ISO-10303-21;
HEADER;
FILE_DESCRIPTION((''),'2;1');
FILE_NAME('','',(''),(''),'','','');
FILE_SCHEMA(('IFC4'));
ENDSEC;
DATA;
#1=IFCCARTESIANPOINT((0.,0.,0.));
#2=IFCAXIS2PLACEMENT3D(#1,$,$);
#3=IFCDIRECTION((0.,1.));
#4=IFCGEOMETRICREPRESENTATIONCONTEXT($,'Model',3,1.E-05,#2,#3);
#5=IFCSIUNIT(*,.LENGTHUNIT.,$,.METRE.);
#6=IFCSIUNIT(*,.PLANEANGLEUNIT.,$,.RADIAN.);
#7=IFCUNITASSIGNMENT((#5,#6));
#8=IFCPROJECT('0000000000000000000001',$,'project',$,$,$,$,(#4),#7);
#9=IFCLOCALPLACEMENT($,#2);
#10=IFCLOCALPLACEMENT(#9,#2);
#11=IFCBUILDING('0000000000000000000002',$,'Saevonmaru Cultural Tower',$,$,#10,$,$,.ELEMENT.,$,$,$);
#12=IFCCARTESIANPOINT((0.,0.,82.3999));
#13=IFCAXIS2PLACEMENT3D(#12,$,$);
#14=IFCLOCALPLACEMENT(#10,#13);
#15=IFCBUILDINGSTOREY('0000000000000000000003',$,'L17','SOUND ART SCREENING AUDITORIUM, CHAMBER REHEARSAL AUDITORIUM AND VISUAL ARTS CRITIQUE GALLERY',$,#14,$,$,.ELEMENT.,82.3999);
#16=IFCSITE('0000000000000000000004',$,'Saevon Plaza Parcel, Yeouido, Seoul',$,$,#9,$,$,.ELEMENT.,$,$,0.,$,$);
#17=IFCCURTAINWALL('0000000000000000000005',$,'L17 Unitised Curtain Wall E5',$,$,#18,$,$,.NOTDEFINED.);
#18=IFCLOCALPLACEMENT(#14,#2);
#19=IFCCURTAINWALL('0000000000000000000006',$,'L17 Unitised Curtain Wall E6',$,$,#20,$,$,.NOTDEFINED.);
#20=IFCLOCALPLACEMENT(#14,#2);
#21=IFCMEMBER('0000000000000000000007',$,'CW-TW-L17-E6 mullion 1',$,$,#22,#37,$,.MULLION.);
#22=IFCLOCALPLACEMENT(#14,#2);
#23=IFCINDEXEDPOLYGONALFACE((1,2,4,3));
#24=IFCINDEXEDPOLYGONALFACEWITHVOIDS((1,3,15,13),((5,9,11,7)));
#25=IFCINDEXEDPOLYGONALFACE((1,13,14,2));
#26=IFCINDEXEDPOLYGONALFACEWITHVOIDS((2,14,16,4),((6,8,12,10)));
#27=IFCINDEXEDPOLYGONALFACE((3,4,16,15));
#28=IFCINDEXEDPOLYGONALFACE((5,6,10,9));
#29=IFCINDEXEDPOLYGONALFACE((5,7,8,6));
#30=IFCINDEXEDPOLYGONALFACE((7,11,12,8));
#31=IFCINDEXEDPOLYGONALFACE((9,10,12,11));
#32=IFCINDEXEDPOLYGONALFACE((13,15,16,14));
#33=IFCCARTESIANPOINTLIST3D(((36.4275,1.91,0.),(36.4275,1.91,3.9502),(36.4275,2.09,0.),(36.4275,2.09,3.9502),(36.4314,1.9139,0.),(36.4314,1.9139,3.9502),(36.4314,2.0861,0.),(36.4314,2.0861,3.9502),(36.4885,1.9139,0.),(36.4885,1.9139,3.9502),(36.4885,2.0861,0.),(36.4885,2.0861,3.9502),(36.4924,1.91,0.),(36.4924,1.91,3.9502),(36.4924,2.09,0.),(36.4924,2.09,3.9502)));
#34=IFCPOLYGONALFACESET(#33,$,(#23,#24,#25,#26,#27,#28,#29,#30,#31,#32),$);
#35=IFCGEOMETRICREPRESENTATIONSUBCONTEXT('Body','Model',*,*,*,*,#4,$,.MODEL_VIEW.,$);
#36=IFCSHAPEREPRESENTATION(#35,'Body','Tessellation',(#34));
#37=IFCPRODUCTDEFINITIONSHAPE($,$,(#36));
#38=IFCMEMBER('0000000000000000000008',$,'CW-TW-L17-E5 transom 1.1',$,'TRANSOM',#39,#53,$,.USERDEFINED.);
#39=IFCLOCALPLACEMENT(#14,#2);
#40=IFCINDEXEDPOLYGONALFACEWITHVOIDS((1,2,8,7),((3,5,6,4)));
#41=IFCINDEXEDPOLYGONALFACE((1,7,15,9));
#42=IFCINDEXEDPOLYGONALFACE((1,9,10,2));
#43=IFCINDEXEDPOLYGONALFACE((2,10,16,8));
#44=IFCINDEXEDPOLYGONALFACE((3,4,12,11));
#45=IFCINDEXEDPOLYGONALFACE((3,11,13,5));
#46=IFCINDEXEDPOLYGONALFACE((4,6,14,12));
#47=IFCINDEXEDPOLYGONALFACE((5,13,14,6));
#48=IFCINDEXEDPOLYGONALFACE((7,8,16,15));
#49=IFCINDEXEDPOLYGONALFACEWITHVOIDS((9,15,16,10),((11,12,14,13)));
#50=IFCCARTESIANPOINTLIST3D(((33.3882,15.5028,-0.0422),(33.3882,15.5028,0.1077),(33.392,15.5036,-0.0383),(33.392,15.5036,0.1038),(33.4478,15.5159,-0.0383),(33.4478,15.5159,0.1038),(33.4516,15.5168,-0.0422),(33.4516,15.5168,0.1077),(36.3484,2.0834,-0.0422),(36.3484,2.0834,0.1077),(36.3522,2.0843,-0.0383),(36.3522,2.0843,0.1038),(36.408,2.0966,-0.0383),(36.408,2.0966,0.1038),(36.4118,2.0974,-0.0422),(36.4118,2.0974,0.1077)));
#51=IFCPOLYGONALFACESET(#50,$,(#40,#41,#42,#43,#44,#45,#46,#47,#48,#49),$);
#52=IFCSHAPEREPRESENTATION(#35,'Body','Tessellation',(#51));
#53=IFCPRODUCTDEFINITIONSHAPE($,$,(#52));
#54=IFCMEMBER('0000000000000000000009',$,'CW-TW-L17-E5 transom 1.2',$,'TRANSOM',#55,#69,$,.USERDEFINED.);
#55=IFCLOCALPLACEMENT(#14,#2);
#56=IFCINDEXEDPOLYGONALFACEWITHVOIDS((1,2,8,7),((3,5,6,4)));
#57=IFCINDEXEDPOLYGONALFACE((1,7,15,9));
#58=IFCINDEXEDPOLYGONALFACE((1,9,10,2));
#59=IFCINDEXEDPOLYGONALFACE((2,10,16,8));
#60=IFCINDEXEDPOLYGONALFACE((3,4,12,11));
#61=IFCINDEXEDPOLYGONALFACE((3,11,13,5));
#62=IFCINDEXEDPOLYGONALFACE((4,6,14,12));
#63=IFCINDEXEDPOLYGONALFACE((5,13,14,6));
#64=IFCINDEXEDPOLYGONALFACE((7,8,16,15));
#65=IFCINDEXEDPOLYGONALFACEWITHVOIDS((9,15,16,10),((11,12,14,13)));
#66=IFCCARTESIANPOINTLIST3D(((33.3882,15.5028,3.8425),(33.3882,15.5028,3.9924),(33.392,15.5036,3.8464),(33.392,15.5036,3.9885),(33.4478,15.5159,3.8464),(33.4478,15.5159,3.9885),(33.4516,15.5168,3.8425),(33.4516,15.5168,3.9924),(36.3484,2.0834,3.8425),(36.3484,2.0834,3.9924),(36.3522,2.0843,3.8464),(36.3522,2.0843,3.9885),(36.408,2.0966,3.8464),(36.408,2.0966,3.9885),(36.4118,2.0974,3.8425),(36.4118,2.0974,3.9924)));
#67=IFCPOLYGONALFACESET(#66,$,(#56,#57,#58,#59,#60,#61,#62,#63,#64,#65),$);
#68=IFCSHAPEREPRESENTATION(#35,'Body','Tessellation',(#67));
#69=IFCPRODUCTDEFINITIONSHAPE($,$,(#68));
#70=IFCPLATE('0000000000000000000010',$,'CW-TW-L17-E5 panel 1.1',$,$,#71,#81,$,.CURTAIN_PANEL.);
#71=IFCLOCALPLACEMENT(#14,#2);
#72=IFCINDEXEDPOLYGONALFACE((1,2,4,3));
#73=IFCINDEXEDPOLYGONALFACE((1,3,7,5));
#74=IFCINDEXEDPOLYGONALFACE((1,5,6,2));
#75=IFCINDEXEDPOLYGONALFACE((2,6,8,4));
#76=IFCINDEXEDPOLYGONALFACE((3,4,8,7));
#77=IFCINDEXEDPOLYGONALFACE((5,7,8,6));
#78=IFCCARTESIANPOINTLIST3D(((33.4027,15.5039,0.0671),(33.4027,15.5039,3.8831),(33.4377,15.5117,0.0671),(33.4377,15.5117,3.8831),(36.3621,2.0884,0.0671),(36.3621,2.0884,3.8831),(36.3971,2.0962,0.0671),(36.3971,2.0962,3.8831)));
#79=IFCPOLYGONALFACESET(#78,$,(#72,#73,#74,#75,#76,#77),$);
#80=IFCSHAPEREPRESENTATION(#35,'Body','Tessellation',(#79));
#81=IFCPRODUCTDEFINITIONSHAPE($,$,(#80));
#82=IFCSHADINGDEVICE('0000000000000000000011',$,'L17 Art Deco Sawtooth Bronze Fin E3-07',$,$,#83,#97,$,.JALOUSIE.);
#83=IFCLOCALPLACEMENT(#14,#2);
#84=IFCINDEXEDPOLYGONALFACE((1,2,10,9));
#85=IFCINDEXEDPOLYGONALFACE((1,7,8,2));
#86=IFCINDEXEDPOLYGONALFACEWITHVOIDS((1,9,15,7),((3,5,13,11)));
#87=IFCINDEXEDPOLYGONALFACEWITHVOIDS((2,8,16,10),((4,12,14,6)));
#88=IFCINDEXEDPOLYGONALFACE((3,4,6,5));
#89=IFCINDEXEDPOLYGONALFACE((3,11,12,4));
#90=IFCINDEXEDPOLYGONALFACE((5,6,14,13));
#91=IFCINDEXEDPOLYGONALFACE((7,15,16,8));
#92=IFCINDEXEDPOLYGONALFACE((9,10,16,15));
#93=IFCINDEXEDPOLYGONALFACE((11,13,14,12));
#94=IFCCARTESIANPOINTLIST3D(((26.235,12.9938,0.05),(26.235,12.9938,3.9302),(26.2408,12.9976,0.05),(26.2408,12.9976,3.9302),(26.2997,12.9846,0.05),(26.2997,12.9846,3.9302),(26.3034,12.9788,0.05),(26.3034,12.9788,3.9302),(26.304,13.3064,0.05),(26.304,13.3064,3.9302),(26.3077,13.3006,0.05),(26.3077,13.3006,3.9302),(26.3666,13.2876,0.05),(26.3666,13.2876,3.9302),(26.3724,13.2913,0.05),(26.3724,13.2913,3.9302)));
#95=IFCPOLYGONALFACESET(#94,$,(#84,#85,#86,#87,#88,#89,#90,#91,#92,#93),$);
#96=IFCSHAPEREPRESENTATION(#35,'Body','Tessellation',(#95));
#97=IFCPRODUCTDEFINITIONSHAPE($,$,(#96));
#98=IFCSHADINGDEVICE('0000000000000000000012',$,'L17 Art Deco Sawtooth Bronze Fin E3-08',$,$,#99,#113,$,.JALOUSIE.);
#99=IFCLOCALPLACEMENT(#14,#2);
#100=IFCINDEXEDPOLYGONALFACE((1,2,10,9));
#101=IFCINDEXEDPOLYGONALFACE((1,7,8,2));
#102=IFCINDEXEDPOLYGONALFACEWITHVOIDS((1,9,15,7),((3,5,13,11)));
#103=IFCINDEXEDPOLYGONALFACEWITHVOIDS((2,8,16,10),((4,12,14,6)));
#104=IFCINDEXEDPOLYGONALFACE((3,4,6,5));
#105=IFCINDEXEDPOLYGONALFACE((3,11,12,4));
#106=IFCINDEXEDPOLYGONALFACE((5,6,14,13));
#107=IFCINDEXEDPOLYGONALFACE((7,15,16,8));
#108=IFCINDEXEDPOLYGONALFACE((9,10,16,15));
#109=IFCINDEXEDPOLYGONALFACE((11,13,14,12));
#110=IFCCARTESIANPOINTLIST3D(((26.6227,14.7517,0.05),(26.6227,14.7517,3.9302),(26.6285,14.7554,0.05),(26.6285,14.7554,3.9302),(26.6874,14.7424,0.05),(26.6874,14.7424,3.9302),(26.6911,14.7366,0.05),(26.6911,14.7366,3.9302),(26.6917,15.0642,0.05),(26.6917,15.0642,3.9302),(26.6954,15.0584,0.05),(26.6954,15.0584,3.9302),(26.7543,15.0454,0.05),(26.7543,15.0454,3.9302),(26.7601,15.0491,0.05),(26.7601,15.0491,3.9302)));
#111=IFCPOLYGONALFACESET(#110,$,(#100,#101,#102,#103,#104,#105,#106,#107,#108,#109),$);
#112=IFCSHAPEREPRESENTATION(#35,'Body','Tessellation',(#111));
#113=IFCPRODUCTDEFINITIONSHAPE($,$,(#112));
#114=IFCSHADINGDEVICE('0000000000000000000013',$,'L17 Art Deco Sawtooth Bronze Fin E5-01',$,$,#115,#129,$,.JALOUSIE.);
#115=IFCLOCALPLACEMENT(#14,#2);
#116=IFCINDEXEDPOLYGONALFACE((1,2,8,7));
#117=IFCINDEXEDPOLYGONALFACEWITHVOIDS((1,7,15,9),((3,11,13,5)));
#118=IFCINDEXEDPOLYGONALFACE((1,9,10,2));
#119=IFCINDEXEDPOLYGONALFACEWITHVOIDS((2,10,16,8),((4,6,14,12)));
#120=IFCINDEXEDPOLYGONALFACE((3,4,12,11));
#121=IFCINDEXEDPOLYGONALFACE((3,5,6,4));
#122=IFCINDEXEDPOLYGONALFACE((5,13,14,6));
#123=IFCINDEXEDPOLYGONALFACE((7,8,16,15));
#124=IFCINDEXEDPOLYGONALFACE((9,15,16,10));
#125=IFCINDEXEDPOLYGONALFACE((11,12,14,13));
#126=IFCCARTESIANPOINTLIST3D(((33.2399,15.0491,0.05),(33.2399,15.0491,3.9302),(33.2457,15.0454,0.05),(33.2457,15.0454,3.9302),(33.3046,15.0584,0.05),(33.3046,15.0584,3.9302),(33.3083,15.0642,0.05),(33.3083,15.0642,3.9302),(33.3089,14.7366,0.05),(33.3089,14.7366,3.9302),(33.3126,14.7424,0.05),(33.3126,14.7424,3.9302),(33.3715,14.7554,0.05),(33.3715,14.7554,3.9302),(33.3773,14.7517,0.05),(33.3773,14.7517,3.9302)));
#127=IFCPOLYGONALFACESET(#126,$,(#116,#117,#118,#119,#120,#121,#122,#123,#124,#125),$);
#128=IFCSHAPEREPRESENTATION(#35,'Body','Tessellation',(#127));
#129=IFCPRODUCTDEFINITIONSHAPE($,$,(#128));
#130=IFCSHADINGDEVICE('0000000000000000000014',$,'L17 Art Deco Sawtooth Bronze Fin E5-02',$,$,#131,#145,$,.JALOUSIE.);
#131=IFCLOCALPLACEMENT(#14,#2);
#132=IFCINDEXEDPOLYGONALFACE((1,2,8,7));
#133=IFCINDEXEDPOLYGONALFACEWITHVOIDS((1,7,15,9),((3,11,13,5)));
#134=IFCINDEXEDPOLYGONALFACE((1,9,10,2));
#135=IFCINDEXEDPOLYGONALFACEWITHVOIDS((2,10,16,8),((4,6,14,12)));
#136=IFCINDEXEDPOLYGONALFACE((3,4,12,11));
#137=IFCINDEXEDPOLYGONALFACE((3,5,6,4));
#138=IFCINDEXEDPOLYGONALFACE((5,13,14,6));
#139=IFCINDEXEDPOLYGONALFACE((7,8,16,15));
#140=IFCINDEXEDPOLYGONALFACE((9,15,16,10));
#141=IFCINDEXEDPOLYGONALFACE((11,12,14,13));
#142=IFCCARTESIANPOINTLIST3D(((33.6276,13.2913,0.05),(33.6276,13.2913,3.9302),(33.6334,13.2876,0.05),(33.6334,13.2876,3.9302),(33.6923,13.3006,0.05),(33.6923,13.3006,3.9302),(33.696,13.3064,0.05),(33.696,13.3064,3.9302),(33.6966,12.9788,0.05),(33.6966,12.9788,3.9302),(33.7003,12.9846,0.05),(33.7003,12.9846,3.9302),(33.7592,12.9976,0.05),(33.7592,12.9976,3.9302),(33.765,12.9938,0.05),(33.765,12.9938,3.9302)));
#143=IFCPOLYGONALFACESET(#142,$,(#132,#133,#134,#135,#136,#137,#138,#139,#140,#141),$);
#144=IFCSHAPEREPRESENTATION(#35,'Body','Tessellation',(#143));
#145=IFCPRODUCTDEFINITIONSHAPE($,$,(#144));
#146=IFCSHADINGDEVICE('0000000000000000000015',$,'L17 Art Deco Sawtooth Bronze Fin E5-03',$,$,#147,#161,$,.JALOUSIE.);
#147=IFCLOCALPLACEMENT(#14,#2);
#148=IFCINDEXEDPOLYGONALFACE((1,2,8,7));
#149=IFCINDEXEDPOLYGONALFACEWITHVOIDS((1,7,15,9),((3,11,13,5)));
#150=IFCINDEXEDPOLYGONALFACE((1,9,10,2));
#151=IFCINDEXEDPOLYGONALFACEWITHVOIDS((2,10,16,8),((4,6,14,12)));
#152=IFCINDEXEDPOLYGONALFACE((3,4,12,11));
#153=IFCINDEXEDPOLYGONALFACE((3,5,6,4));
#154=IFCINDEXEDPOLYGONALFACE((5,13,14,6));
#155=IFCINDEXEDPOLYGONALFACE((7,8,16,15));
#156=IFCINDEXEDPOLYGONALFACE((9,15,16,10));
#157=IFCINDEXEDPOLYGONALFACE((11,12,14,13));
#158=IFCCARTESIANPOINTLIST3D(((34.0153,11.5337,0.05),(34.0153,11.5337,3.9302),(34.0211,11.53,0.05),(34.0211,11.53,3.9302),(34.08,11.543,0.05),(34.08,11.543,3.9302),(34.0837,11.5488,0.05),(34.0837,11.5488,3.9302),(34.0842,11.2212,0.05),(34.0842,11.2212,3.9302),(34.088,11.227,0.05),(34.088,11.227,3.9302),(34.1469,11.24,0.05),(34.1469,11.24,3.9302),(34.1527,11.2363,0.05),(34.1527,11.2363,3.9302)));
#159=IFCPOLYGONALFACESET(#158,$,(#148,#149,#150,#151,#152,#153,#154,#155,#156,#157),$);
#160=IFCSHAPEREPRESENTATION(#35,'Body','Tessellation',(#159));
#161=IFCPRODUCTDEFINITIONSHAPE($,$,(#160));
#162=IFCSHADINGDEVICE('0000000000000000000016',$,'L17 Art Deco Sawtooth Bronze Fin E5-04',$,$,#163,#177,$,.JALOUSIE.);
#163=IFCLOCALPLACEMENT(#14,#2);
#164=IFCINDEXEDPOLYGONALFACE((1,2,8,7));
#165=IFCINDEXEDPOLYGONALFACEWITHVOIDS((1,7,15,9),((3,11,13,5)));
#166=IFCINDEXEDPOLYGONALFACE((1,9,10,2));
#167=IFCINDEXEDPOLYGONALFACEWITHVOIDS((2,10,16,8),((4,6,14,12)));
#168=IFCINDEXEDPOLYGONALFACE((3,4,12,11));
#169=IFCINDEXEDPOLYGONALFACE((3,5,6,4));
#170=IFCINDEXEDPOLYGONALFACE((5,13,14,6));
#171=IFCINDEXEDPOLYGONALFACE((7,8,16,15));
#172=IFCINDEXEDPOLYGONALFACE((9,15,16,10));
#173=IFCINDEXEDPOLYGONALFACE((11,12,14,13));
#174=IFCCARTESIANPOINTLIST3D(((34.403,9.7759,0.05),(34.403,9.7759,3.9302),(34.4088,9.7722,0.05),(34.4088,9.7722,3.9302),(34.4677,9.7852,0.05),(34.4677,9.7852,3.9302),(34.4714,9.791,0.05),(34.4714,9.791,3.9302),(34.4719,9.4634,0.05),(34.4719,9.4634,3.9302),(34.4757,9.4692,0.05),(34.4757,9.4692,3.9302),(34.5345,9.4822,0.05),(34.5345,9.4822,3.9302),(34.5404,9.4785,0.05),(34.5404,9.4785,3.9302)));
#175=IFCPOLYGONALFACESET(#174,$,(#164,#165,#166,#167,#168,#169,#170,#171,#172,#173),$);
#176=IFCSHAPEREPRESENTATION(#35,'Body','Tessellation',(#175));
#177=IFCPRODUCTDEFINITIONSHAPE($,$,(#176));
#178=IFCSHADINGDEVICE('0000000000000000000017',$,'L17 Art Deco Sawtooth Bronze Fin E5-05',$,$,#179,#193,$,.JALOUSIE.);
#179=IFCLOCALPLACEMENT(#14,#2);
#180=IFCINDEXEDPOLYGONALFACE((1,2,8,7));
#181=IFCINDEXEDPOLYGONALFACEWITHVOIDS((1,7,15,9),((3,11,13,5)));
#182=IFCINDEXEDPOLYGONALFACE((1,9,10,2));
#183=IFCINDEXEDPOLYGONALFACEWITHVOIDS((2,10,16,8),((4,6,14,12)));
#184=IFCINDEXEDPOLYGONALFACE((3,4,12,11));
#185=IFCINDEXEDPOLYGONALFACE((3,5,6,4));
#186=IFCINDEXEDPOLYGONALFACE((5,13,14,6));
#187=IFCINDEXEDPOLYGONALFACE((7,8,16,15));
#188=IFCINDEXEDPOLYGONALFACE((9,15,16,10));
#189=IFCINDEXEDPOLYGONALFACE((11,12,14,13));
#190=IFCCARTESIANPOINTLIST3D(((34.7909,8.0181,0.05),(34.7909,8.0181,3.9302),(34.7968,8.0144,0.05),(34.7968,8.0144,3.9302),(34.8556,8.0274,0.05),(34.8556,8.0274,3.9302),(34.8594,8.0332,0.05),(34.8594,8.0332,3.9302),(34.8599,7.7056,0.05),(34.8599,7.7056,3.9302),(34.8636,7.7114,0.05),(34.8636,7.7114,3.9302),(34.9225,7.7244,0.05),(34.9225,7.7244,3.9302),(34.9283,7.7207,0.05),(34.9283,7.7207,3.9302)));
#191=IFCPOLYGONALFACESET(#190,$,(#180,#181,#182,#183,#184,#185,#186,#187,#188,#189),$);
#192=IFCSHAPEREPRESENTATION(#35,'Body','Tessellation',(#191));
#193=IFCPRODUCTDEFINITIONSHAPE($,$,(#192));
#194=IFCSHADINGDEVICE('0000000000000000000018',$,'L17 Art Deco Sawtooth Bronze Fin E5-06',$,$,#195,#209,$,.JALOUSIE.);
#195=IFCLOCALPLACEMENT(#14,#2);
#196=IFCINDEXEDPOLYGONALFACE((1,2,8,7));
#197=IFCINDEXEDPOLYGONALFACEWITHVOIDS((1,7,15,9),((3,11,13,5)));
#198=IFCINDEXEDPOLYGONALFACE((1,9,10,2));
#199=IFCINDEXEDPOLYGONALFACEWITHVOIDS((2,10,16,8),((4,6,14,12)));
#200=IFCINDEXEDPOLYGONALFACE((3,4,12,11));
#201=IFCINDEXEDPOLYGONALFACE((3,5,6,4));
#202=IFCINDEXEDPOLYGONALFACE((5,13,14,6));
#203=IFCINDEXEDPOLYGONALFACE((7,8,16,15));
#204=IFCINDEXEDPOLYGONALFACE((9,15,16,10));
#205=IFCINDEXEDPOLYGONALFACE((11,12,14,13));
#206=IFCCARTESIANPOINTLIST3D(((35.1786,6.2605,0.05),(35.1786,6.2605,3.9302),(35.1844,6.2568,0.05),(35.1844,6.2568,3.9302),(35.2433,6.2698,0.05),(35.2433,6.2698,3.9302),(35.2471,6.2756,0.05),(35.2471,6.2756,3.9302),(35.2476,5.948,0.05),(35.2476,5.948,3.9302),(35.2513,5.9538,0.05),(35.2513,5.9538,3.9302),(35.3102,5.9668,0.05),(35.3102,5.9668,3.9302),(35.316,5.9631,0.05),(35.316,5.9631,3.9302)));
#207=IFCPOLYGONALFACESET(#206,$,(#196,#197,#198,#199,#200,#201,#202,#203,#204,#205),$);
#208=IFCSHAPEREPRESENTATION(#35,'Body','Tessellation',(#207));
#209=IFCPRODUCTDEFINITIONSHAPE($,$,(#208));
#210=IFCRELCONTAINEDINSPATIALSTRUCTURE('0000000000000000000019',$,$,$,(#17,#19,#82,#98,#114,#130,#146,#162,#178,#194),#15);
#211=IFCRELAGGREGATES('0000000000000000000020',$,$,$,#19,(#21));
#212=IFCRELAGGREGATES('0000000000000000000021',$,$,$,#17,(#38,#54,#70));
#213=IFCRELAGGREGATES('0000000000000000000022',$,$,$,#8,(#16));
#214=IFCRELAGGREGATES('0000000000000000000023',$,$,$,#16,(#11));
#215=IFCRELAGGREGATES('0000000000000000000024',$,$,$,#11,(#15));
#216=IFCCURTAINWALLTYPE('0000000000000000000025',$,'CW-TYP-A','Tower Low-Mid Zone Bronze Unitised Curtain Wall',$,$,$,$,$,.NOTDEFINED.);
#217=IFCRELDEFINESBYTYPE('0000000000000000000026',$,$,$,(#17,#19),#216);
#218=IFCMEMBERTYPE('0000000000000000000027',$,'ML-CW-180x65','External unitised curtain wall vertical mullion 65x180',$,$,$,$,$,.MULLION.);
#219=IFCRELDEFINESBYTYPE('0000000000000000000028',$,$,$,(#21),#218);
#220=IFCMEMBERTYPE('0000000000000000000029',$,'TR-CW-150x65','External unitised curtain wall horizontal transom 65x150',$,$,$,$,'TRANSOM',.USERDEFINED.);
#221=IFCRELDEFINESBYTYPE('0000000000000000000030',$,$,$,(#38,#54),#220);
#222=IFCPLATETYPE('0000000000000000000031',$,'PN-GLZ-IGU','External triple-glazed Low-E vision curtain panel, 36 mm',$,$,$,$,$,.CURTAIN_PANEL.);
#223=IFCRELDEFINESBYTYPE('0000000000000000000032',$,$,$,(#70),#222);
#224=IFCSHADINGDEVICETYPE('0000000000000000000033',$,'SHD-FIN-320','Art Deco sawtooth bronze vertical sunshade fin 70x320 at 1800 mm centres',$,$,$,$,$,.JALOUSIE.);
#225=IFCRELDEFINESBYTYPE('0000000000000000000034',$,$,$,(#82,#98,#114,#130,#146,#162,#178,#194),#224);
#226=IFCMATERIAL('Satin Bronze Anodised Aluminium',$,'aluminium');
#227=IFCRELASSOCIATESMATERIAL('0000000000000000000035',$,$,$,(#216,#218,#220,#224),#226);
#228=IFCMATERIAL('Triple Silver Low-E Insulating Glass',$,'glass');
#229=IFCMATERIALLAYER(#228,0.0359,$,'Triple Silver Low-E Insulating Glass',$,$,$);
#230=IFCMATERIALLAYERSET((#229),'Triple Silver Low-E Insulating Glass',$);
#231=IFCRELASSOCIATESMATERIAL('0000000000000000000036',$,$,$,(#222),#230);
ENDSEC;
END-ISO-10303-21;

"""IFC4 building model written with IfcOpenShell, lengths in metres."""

from ifc_helpers import new_model, si_unit, direction, frame, origin, origin_2d, place, context, subcontext, project, spatial, rectangle, hollow_rectangle, extrude, material, layer, layer_set, material_profile, profile_set, type_object, element, aggregate, save


model = new_model("IFC4")

# Units and contexts
model_context = context("Model", 3, precision=1e-05, world=origin(), true_north=direction((0.0, 1.0)))
body_context = subcontext(model_context, "Body", "Model", "MODEL_VIEW")
ifc_project = project(units=[si_unit("LENGTHUNIT", "METRE"), si_unit("PLANEANGLEUNIT", "RADIAN")], contexts=[model_context])

# Site, building, storey
site_placement = place(None, origin())
site = spatial("IfcSite", under=ifc_project, at=site_placement, Name="Saevon Plaza Parcel, Yeouido, Seoul", CompositionType="ELEMENT", RefElevation=0.0)
building_placement = place(site_placement, origin())
building = spatial("IfcBuilding", under=site, at=building_placement, Name="Saevonmaru Cultural Tower", CompositionType="ELEMENT")
storey_placement = place(building_placement, frame((0.0, 0.0, 82.3999)))
storey = spatial("IfcBuildingStorey", under=building, at=storey_placement, Name="L17", Description="SOUND ART SCREENING AUDITORIUM, CHAMBER REHEARSAL AUDITORIUM AND VISUAL ARTS CRITIQUE GALLERY", CompositionType="ELEMENT", Elevation=82.3999)

# Shared definitions
ifc_material_1 = material(Name="Satin Bronze Anodised Aluminium", Category="aluminium")
curtain_wall_type = type_object("IfcCurtainWallType", Name="CW-TYP-A", Description="Tower Low-Mid Zone Bronze Unitised Curtain Wall", PredefinedType="NOTDEFINED", material=ifc_material_1)
ifc_material_profile_1 = material_profile(ifc_material_1, hollow_rectangle(XDim=0.0649, YDim=0.1799, WallThickness=0.0039, at=origin_2d()), Name="ALU-MULL-180x65x4")
ifc_profile_set_1 = profile_set([ifc_material_profile_1], Name="Satin Bronze Anodised Aluminium")
member_type_1 = type_object("IfcMemberType", Name="ML-CW-180x65", Description="External unitised curtain wall vertical mullion 65x180", PredefinedType="MULLION", material=ifc_profile_set_1)

# Curtain wall
curtain_wall_1_placement = place(storey_placement, origin())
curtain_wall_1 = element("IfcCurtainWall", 1, at=curtain_wall_1_placement, inside=storey, type_object=curtain_wall_type, Name="L17 Unitised Curtain Wall E5", PredefinedType="NOTDEFINED")

# Curtain wall, member
curtain_wall_2_placement = place(storey_placement, origin())
curtain_wall_2 = element("IfcCurtainWall", 2, at=curtain_wall_2_placement, inside=storey, type_object=curtain_wall_type, Name="L17 Unitised Curtain Wall E6", PredefinedType="NOTDEFINED")
member_1_placement = place(storey_placement, frame((36.46, 2.0, 0.0), z_axis=(0.0, 0.0, 1.0), x_axis=(1.0, 0.0, 0.0)))
member_1 = element("IfcMember", 3, at=member_1_placement, type_object=member_type_1, Name="CW-TW-L17-E6 mullion 1", PredefinedType="MULLION", context=body_context, shape_type="SweptSolid", body=[
    extrude(hollow_rectangle(XDim=0.0649, YDim=0.1799, WallThickness=0.0039, at=origin_2d()), origin(), (0.0, 0.0, 1.0), 3.9502),
])
aggregate(curtain_wall_2, [member_1])

# Members
ifc_material_profile_2 = material_profile(ifc_material_1, hollow_rectangle(XDim=0.0649, YDim=0.1499, WallThickness=0.0039, at=origin_2d()), Name="ALU-TRAN-150x65x4")
ifc_profile_set_2 = profile_set([ifc_material_profile_2], Name="Satin Bronze Anodised Aluminium")
member_type_2 = type_object("IfcMemberType", Name="TR-CW-150x65", Description="External unitised curtain wall horizontal transom 65x150", ElementType="TRANSOM", PredefinedType="USERDEFINED", material=ifc_profile_set_2)
member_2_placement = place(storey_placement, frame((33.4199, 15.5098, 0.0327), z_axis=(0.215412, -0.976523, 0.0), x_axis=(0.976523, 0.215412, 0.0)))
member_2 = element("IfcMember", 4, at=member_2_placement, type_object=member_type_2, Name="CW-TW-L17-E5 transom 1.1", ObjectType="TRANSOM", PredefinedType="USERDEFINED", context=body_context, shape_type="SweptSolid", body=[
    extrude(hollow_rectangle(XDim=0.0649, YDim=0.1499, WallThickness=0.0039, at=origin_2d()), origin(), (0.0, 0.0, 1.0), 13.7419),
])
member_3_placement = place(storey_placement, frame((33.4199, 15.5098, 3.9175), z_axis=(0.215412, -0.976523, 0.0), x_axis=(0.976523, 0.215412, 0.0)))
member_3 = element("IfcMember", 5, at=member_3_placement, type_object=member_type_2, Name="CW-TW-L17-E5 transom 1.2", ObjectType="TRANSOM", PredefinedType="USERDEFINED", context=body_context, shape_type="SweptSolid", body=[
    extrude(hollow_rectangle(XDim=0.0649, YDim=0.1499, WallThickness=0.0039, at=origin_2d()), origin(), (0.0, 0.0, 1.0), 13.7419),
])

# Plate
ifc_material_2 = material(Name="Triple Silver Low-E Insulating Glass", Category="glass")
ifc_layer_1 = layer(ifc_material_2, 0.0359, Name="Triple Silver Low-E Insulating Glass")
ifc_layer_set_1 = layer_set([ifc_layer_1], Name="Triple Silver Low-E Insulating Glass")
plate_type = type_object("IfcPlateType", Name="PN-GLZ-IGU", Description="External triple-glazed Low-E vision curtain panel, 36 mm", PredefinedType="CURTAIN_PANEL", material=ifc_layer_set_1)
plate_placement = place(storey_placement, frame((34.8999, 8.8, 0.0671), z_axis=(0.0, 0.0, 1.0), x_axis=(0.215413, -0.976523, 0.0)))
plate = element("IfcPlate", 6, at=plate_placement, type_object=plate_type, Name="CW-TW-L17-E5 panel 1.1", PredefinedType="CURTAIN_PANEL", context=body_context, shape_type="SweptSolid", body=[
    extrude(rectangle(XDim=13.738, YDim=0.0359, at=origin_2d()), origin(), (0.0, 0.0, 1.0), 3.8159),
])
aggregate(curtain_wall_1, [member_2, member_3, plate])

# Shading devices
ifc_material_profile_3 = material_profile(ifc_material_1, hollow_rectangle(XDim=0.0701, YDim=0.3201, WallThickness=0.0049, at=origin_2d()), Name="FIN-320x70")
ifc_profile_set_3 = profile_set([ifc_material_profile_3], Name="Satin Bronze Anodised Aluminium")
shading_device_type = type_object("IfcShadingDeviceType", Name="SHD-FIN-320", Description="Art Deco sawtooth bronze vertical sunshade fin 70x320 at 1800 mm centres", PredefinedType="JALOUSIE", material=ifc_profile_set_3)
for number, where, z_axis, x_axis, name in (
    (7, (26.3037, 13.1426, 0.05), (0.0, 0.0, 1.0), (0.976522, -0.215417, 0.0), "L17 Art Deco Sawtooth Bronze Fin E3-07"),
    (8, (26.6914, 14.9004, 0.05), (0.0, 0.0, 1.0), (0.976522, -0.215417, 0.0), "L17 Art Deco Sawtooth Bronze Fin E3-08"),
    (9, (33.3086, 14.9004, 0.05), (0.0, 0.0, 1.0), (-0.976522, -0.215417, 0.0), "L17 Art Deco Sawtooth Bronze Fin E5-01"),
    (10, (33.6963, 13.1426, 0.05), (0.0, 0.0, 1.0), (-0.976522, -0.215417, 0.0), "L17 Art Deco Sawtooth Bronze Fin E5-02"),
    (11, (34.084, 11.385, 0.05), (0.0, 0.0, 1.0), (-0.976522, -0.215417, 0.0), "L17 Art Deco Sawtooth Bronze Fin E5-03"),
    (12, (34.4717, 9.6272, 0.05), (0.0, 0.0, 1.0), (-0.976522, -0.215417, 0.0), "L17 Art Deco Sawtooth Bronze Fin E5-04"),
    (13, (34.8596, 7.8694, 0.05), (0.0, 0.0, 1.0), (-0.976522, -0.215417, 0.0), "L17 Art Deco Sawtooth Bronze Fin E5-05"),
    (14, (35.2473, 6.1118, 0.05), (0.0, 0.0, 1.0), (-0.976522, -0.215417, 0.0), "L17 Art Deco Sawtooth Bronze Fin E5-06"),
):
    element("IfcShadingDevice", number, at=place(storey_placement, frame(where, z_axis=z_axis, x_axis=x_axis)), inside=storey, type_object=shading_device_type, Name=name, PredefinedType="JALOUSIE", context=body_context, shape_type="SweptSolid", body=[
        extrude(hollow_rectangle(XDim=0.0701, YDim=0.3201, WallThickness=0.0049, at=origin_2d()), origin(), (0.0, 0.0, 1.0), 3.8801),
    ])

save(model, "model.ifc")
